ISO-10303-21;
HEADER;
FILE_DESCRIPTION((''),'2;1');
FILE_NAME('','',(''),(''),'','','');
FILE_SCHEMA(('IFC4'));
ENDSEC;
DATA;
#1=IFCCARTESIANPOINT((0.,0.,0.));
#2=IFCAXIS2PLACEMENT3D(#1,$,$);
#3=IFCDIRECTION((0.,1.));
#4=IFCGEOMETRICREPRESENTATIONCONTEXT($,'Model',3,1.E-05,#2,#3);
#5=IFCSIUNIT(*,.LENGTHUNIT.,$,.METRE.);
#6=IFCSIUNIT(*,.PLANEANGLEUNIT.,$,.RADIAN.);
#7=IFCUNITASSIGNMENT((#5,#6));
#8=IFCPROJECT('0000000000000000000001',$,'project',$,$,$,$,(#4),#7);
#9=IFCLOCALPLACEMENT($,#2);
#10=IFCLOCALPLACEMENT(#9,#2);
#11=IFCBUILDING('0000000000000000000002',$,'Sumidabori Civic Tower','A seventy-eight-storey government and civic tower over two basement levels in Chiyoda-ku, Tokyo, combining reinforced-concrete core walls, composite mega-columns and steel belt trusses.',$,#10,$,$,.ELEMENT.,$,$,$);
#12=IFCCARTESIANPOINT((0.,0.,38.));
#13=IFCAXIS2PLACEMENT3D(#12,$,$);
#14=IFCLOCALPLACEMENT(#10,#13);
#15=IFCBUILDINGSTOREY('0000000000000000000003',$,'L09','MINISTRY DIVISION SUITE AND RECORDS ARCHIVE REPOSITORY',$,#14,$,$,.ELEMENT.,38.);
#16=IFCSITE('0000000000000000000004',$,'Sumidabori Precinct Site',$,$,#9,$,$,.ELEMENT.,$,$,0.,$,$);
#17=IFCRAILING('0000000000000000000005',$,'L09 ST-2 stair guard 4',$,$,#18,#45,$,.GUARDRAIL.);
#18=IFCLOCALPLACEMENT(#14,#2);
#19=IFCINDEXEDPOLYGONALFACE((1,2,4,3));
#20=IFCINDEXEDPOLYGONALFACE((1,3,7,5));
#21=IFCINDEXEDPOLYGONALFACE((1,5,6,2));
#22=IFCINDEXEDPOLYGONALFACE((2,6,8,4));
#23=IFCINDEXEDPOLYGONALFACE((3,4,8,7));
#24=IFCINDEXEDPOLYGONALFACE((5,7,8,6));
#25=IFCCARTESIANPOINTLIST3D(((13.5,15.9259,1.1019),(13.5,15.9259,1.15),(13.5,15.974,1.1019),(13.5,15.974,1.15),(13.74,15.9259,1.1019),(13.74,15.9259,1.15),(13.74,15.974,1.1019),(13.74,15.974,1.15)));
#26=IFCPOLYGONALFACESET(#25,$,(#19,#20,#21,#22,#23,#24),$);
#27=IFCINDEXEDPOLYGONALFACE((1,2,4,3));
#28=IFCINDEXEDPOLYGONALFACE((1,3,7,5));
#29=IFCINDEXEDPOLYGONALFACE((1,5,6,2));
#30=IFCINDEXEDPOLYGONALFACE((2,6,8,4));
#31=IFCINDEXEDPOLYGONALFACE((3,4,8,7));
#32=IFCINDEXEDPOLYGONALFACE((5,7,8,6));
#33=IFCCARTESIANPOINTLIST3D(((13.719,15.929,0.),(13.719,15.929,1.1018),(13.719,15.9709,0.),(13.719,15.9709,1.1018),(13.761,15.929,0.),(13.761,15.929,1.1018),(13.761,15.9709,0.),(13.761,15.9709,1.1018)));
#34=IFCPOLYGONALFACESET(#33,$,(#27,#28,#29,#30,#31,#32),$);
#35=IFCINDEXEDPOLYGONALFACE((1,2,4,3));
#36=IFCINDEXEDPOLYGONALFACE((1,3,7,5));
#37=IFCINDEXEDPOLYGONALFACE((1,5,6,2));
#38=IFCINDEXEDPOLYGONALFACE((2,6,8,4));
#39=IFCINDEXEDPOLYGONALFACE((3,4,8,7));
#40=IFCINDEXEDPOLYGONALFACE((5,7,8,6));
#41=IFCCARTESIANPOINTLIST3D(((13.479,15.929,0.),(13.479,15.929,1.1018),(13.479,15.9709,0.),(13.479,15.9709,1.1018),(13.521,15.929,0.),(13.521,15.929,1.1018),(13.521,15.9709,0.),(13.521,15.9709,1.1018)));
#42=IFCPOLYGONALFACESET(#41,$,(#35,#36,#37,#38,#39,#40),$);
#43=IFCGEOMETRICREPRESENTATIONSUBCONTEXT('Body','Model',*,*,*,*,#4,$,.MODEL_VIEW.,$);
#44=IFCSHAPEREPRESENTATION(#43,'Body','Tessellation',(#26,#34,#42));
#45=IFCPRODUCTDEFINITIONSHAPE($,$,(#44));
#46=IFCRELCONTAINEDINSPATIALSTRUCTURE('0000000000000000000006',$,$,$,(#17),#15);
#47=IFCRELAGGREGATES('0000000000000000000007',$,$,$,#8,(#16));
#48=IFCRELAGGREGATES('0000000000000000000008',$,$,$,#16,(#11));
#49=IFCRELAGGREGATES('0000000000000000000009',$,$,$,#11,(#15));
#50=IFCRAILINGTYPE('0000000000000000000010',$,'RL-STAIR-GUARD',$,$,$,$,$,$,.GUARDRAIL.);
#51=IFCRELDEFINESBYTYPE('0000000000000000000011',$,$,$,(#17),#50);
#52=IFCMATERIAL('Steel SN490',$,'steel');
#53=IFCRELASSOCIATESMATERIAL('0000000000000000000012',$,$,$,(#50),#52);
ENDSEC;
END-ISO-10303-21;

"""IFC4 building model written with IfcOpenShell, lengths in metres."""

from ifc_helpers import new_model, si_unit, direction, frame, origin, origin_2d, place, context, subcontext, project, spatial, rectangle, extrude, material, type_object, element, save


model = new_model("IFC4")

# Units and contexts
model_context = context("Model", 3, precision=1e-05, world=origin(), true_north=direction((0.0, 1.0)))
body_context = subcontext(model_context, "Body", "Model", "MODEL_VIEW")
ifc_project = project(units=[si_unit("LENGTHUNIT", "METRE"), si_unit("PLANEANGLEUNIT", "RADIAN")], contexts=[model_context])

# Site, building, storey
site_placement = place(None, origin())
site = spatial("IfcSite", under=ifc_project, at=site_placement, Name="Sumidabori Precinct Site", CompositionType="ELEMENT", RefElevation=0.0)
building_placement = place(site_placement, origin())
building = spatial("IfcBuilding", under=site, at=building_placement, Name="Sumidabori Civic Tower", Description="A seventy-eight-storey government and civic tower over two basement levels in Chiyoda-ku, Tokyo, combining reinforced-concrete core walls, composite mega-columns and steel belt trusses.", CompositionType="ELEMENT")
storey_placement = place(building_placement, frame((0.0, 0.0, 38.0)))
storey = spatial("IfcBuildingStorey", under=building, at=storey_placement, Name="L09", Description="MINISTRY DIVISION SUITE AND RECORDS ARCHIVE REPOSITORY", CompositionType="ELEMENT", Elevation=38.0)

# Shared definitions
ifc_material_1 = material(Name="Steel SN490", Category="steel")

# Railing
railing_type_1 = type_object("IfcRailingType", Name="RL-STAIR-GUARD", PredefinedType="GUARDRAIL", material=ifc_material_1)
railing_1_placement = place(storey_placement, frame((13.74, 15.95, 0.0)))
element("IfcRailing", 1, at=railing_1_placement, inside=storey, type_object=railing_type_1, Name="L09 ST-2 stair guard 4", PredefinedType="GUARDRAIL", context=body_context, shape_type="SweptSolid", body=[
    extrude(rectangle(XDim=0.0481, YDim=0.0481, at=origin_2d()), frame((0.0, 0.0, 1.126), z_axis=(-1.0, 0.0, 0.0), x_axis=(0.0, -1.0, 0.0)), (0.0, 0.0, 1.0), 0.24),
    extrude(rectangle(XDim=0.042, YDim=0.042, at=origin_2d()), origin(), (0.0, 0.0, 1.0), 1.1018),
    extrude(rectangle(XDim=0.042, YDim=0.042, at=origin_2d()), frame((-0.24, 0.0, 0.0)), (0.0, 0.0, 1.0), 1.1018),
])

save(model, "model.ifc")
